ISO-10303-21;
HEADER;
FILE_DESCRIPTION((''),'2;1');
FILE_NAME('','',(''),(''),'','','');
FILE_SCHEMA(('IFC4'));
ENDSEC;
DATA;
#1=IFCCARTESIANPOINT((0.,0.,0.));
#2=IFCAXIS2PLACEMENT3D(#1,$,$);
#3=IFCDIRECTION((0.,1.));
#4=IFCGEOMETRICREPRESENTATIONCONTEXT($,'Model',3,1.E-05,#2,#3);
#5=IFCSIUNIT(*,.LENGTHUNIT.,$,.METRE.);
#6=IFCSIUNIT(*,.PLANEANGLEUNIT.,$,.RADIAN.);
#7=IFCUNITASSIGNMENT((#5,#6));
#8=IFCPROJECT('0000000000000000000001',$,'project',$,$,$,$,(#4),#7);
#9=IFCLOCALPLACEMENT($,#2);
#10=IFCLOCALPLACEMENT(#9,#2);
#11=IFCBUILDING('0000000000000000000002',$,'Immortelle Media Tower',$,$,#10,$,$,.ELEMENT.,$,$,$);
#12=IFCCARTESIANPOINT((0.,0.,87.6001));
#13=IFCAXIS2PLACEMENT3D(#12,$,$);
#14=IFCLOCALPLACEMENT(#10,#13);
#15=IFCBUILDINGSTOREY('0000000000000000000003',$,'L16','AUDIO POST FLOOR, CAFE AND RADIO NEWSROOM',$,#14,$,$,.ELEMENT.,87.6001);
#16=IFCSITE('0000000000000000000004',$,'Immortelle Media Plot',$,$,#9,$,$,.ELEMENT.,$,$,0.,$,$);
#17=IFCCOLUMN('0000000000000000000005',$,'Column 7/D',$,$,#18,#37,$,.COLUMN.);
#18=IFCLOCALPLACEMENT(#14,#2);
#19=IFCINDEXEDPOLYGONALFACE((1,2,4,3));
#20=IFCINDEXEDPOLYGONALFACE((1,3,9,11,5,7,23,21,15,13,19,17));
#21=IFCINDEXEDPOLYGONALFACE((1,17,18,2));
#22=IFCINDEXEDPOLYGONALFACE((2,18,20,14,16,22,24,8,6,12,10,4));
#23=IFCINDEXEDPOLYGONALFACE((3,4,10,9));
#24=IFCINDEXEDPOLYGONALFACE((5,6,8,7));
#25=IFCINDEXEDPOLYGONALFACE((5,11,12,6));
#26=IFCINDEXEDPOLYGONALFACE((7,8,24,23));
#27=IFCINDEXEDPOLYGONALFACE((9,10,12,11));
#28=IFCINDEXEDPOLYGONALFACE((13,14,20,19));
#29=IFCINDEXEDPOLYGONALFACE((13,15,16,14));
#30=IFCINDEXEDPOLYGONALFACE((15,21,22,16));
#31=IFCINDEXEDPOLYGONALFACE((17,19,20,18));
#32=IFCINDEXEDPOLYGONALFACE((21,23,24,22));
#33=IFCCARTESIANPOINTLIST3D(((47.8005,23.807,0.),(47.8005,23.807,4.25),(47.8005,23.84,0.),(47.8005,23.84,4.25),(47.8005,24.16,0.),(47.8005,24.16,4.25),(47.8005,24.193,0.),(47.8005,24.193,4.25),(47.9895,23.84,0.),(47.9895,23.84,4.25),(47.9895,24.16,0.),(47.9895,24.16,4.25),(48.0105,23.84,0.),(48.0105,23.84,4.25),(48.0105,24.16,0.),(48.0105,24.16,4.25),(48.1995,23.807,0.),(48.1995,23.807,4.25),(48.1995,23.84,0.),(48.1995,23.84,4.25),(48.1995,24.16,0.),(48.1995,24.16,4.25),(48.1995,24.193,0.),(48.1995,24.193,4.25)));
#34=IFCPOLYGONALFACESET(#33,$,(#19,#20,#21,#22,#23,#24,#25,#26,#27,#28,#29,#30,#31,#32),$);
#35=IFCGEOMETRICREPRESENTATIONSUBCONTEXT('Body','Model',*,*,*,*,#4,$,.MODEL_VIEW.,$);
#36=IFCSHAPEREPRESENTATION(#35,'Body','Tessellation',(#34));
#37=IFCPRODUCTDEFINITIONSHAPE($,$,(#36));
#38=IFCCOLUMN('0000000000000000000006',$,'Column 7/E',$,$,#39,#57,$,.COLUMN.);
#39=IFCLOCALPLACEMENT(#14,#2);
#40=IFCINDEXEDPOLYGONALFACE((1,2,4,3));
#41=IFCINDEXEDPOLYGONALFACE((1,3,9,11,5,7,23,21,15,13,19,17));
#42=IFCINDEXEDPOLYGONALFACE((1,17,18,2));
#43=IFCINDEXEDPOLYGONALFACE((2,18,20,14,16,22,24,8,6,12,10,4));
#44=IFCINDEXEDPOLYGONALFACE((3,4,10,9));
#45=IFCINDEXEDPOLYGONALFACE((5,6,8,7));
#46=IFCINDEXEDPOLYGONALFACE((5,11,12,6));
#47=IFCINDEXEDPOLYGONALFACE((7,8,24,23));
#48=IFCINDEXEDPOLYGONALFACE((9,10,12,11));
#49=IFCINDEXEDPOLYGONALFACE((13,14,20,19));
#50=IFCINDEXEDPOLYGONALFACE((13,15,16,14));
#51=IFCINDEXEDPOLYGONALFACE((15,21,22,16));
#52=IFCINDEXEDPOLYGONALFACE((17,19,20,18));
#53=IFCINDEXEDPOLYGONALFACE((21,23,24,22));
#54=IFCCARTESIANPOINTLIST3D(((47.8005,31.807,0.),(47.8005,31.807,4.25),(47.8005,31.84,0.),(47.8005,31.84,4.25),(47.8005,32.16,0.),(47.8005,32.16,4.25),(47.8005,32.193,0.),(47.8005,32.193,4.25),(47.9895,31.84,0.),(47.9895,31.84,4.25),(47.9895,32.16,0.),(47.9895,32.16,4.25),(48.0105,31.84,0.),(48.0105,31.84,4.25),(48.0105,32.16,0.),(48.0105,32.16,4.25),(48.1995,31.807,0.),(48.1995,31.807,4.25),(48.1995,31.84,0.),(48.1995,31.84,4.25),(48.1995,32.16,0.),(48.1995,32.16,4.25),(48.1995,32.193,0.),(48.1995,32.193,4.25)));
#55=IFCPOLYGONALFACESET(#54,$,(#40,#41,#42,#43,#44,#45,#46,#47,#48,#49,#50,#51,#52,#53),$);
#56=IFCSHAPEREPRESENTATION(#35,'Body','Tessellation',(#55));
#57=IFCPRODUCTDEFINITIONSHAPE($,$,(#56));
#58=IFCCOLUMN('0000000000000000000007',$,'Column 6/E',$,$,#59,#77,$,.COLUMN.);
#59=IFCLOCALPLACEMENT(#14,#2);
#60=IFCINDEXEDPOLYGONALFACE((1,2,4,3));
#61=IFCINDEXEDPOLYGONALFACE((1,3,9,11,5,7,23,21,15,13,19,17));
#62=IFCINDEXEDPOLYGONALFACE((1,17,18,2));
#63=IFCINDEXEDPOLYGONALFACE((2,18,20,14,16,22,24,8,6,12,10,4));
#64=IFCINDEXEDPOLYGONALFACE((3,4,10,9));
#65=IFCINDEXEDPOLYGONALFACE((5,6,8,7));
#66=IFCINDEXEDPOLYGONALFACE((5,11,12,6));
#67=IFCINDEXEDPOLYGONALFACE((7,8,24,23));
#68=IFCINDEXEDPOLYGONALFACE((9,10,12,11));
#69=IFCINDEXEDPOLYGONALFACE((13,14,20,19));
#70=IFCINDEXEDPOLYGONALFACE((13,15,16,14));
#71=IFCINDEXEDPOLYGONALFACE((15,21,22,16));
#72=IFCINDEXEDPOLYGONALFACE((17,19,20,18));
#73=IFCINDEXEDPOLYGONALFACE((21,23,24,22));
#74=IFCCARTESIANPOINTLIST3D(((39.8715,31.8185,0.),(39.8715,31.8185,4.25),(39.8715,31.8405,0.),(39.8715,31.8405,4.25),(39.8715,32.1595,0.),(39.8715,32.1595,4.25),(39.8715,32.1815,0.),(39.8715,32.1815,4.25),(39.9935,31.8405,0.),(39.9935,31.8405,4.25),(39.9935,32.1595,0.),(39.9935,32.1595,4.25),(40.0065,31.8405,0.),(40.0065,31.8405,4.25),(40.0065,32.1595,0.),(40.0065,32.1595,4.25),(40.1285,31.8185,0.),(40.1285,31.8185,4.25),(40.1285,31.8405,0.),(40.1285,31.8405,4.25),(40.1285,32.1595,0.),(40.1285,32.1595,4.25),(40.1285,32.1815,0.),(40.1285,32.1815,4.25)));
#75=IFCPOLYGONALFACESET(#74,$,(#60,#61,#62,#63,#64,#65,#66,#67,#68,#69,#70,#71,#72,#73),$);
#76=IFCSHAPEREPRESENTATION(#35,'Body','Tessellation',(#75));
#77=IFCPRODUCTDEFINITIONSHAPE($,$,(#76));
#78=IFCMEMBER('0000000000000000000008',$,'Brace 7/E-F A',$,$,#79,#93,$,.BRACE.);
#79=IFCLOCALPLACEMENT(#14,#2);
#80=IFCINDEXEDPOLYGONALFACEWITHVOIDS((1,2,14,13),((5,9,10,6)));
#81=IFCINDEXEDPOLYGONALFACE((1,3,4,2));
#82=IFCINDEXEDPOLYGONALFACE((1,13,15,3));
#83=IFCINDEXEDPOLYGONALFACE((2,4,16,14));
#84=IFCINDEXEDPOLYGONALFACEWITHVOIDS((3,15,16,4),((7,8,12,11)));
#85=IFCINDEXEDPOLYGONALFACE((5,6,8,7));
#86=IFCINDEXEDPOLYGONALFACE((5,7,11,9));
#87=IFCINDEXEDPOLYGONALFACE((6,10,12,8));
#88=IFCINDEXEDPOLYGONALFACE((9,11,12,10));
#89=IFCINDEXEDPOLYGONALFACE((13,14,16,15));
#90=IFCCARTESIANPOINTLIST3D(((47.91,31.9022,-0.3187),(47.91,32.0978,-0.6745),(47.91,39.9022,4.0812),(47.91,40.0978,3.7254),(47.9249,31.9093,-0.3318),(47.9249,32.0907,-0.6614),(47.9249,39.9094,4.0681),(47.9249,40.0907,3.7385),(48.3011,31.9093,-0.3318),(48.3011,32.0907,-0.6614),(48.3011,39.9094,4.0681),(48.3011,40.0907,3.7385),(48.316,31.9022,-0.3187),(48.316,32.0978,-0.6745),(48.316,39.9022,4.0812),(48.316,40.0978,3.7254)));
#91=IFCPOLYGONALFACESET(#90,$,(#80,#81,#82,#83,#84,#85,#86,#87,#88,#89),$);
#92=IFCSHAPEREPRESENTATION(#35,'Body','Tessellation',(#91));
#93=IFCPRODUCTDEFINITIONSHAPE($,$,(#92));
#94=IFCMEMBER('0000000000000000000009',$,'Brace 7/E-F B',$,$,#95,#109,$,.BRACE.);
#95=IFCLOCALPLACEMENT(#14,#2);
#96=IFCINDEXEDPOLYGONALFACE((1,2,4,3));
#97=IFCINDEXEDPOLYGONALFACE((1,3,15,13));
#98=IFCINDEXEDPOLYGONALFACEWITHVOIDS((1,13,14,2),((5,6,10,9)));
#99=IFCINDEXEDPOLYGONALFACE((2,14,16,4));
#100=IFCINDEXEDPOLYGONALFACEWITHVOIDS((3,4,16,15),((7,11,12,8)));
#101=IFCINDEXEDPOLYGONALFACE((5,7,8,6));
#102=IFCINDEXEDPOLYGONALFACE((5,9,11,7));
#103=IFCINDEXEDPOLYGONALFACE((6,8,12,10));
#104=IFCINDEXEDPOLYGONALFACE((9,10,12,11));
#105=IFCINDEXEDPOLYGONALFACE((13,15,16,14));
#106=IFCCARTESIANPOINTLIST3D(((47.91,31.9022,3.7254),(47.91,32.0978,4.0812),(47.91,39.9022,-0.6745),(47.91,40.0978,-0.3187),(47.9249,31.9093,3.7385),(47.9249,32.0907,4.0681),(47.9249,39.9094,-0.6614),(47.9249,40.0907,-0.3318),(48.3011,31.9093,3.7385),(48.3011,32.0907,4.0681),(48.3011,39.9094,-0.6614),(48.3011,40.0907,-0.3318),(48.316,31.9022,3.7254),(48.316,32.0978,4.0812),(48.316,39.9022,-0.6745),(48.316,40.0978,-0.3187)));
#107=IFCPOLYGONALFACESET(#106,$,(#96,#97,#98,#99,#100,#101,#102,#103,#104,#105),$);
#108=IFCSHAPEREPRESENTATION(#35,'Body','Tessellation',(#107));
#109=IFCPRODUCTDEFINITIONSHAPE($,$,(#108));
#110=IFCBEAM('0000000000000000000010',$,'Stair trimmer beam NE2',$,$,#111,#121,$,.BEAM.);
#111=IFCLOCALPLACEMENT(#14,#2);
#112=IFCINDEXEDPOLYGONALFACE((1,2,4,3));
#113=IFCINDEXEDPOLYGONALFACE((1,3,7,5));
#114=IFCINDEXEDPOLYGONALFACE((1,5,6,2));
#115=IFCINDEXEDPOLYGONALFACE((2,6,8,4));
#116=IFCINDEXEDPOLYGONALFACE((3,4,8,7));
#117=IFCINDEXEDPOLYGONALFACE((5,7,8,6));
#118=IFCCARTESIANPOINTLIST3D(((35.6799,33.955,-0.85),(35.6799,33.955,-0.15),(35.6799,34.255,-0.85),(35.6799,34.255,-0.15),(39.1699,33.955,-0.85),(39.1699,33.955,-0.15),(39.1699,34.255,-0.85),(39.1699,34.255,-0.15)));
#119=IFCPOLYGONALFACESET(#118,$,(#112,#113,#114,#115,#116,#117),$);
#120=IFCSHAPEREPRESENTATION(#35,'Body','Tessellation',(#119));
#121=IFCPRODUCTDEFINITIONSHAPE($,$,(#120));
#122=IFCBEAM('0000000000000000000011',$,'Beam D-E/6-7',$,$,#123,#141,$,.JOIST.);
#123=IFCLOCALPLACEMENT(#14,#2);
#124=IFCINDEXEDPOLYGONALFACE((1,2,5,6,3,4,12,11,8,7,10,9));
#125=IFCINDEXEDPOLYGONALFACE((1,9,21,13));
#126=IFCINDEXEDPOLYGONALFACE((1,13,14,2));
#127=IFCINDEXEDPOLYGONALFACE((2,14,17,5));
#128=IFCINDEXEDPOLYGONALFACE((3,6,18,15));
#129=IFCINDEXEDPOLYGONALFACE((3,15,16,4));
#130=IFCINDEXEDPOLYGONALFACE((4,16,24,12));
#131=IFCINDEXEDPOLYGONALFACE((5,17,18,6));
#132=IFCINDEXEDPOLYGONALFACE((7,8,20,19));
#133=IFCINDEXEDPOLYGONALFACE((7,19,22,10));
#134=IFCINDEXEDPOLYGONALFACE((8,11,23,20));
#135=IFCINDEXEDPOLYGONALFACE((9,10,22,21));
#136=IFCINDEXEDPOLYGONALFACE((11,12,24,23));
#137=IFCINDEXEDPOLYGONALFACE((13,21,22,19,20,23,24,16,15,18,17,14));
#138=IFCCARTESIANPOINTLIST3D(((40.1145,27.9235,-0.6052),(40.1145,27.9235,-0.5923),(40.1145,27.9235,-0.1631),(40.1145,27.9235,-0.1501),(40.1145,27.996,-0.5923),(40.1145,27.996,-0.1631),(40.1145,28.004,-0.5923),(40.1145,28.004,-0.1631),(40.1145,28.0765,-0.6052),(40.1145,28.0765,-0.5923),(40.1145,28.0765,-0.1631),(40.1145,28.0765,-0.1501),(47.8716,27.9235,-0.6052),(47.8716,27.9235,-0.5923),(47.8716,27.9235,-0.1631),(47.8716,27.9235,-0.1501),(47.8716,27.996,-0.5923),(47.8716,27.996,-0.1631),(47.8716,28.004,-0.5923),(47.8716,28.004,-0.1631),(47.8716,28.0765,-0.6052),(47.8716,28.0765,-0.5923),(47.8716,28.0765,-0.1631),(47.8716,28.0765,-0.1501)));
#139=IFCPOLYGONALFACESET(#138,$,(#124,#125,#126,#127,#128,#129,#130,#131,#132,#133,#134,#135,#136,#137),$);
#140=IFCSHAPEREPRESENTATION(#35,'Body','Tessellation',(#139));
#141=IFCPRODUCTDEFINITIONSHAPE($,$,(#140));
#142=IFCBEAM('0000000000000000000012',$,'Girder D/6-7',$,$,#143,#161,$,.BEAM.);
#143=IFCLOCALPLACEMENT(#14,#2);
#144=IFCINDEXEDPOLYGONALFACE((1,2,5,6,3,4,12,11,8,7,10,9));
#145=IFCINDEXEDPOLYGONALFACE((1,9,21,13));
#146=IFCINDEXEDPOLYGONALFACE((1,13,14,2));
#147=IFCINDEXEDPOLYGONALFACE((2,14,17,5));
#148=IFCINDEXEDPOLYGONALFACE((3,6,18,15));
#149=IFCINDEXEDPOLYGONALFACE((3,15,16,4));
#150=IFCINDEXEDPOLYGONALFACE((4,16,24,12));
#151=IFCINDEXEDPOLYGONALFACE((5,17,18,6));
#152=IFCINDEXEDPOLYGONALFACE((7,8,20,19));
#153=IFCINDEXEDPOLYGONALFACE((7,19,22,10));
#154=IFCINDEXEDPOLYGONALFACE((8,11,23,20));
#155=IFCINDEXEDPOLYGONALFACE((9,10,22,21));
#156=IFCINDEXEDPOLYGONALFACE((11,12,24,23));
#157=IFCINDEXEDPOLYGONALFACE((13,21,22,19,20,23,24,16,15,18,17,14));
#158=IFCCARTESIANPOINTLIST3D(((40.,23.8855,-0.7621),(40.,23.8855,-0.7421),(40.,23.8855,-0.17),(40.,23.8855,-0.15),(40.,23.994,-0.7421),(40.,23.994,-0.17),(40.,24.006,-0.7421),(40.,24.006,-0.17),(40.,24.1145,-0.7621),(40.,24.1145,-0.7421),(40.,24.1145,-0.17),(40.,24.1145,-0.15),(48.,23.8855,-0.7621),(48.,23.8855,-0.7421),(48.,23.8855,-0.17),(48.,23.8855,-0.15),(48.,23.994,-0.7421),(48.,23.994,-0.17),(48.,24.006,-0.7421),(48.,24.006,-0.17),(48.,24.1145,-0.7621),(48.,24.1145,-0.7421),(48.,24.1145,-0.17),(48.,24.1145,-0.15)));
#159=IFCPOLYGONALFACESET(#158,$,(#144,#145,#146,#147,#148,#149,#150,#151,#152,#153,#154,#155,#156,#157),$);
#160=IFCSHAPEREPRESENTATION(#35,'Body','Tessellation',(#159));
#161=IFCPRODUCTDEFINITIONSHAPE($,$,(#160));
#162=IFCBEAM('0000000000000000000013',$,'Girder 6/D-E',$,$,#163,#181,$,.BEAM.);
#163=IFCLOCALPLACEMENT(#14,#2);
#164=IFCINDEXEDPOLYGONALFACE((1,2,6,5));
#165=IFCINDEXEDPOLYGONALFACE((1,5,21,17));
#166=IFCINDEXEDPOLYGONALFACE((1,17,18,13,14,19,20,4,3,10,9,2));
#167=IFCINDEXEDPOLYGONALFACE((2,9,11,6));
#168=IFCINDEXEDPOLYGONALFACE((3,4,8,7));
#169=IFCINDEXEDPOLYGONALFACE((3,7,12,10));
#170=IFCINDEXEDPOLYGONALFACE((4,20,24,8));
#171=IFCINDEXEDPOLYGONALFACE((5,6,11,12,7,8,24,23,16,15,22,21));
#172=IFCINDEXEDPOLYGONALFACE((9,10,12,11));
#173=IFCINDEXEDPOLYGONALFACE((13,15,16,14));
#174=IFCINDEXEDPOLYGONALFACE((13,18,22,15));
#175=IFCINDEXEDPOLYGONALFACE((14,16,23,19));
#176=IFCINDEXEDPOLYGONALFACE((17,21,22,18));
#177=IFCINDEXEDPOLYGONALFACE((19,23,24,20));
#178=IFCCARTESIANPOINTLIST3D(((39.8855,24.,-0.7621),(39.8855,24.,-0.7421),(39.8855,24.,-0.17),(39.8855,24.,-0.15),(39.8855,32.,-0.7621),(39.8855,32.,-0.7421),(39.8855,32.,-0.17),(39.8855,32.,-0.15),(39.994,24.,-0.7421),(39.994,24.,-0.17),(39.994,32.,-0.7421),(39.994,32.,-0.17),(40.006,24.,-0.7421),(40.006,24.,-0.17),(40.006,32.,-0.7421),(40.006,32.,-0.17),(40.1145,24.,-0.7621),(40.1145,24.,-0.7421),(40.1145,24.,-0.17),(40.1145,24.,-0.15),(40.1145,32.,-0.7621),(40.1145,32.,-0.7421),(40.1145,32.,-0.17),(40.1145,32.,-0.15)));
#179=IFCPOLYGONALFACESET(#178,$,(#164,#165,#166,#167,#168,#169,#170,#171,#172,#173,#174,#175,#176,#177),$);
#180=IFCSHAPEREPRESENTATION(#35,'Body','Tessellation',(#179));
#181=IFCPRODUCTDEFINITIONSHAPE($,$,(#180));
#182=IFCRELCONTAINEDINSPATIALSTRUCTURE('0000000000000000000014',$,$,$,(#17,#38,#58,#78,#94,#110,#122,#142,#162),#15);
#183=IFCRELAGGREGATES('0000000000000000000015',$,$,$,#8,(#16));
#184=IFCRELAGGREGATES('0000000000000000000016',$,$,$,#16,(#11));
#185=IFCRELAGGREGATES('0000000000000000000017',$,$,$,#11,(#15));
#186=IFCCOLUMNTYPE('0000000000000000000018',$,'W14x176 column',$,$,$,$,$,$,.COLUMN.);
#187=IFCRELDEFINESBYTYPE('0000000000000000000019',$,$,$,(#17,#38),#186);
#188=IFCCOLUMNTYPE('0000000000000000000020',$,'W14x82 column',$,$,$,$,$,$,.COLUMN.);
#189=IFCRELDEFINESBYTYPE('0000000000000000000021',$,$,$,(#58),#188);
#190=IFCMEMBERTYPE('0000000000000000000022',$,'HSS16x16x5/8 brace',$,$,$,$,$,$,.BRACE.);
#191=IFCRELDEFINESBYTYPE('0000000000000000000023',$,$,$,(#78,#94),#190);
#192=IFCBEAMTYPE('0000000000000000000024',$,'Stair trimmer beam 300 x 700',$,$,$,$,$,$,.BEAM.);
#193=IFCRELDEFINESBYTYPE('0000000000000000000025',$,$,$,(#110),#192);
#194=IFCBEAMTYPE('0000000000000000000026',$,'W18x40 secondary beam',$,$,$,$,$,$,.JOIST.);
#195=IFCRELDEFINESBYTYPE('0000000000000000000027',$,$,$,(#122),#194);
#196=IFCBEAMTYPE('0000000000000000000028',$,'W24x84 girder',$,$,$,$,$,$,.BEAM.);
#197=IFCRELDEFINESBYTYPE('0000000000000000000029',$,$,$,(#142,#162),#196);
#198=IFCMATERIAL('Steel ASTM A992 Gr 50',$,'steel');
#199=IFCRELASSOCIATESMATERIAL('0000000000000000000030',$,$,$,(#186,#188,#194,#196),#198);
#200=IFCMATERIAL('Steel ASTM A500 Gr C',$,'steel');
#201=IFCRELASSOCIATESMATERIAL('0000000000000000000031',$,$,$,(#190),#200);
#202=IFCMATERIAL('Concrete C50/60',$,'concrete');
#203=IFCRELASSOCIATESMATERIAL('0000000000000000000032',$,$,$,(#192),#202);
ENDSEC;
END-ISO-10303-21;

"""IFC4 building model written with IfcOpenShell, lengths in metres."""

from ifc_helpers import new_model, si_unit, direction, frame, origin, origin_2d, place, context, subcontext, project, spatial, rectangle, hollow_rectangle, i_section, extrude, material, material_profile, profile_set, type_object, element, save


model = new_model("IFC4")

# Units and contexts
model_context = context("Model", 3, precision=1e-05, world=origin(), true_north=direction((0.0, 1.0)))
body_context = subcontext(model_context, "Body", "Model", "MODEL_VIEW")
ifc_project = project(units=[si_unit("LENGTHUNIT", "METRE"), si_unit("PLANEANGLEUNIT", "RADIAN")], contexts=[model_context])

# Site, building, storey
site_placement = place(None, origin())
site = spatial("IfcSite", under=ifc_project, at=site_placement, Name="Immortelle Media Plot", CompositionType="ELEMENT", RefElevation=0.0)
building_placement = place(site_placement, origin())
building = spatial("IfcBuilding", under=site, at=building_placement, Name="Immortelle Media Tower", CompositionType="ELEMENT")
storey_placement = place(building_placement, frame((0.0, 0.0, 87.6001)))
storey = spatial("IfcBuildingStorey", under=building, at=storey_placement, Name="L16", Description="AUDIO POST FLOOR, CAFE AND RADIO NEWSROOM", CompositionType="ELEMENT", Elevation=87.6001)

# Columns
ifc_material_1 = material(Name="Steel ASTM A992 Gr 50", Category="steel")
ifc_material_profile_1 = material_profile(ifc_material_1, i_section(OverallWidth=0.3989, OverallDepth=0.386, WebThickness=0.021, FlangeThickness=0.033, at=origin_2d()), Name="W14x176")
ifc_profile_set_1 = profile_set([ifc_material_profile_1], Name="Steel ASTM A992 Gr 50")
column_type_1 = type_object("IfcColumnType", Name="W14x176 column", PredefinedType="COLUMN", material=ifc_profile_set_1)
for number, where, z_axis, x_axis, name in (
    (1, (48.0, 24.0, 0.0), (0.0, 0.0, 1.0), (1.0, 0.0, 0.0), "Column 7/D"),
    (2, (48.0, 32.0, 0.0), (0.0, 0.0, 1.0), (1.0, 0.0, 0.0), "Column 7/E"),
):
    element("IfcColumn", number, at=place(storey_placement, frame(where, z_axis=z_axis, x_axis=x_axis)), inside=storey, type_object=column_type_1, Name=name, PredefinedType="COLUMN", context=body_context, shape_type="SweptSolid", body=[
        extrude(i_section(OverallWidth=0.3989, OverallDepth=0.386, WebThickness=0.021, FlangeThickness=0.033, at=origin_2d()), origin(), (0.0, 0.0, 1.0), 4.25),
    ])
ifc_material_profile_2 = material_profile(ifc_material_1, i_section(OverallWidth=0.2571, OverallDepth=0.363, WebThickness=0.0129, FlangeThickness=0.022, at=origin_2d()), Name="W14x82")
ifc_profile_set_2 = profile_set([ifc_material_profile_2], Name="Steel ASTM A992 Gr 50")
column_type_2 = type_object("IfcColumnType", Name="W14x82 column", PredefinedType="COLUMN", material=ifc_profile_set_2)
column_placement = place(storey_placement, frame((40.0, 32.0, 0.0), z_axis=(0.0, 0.0, 1.0), x_axis=(1.0, 0.0, 0.0)))
element("IfcColumn", 3, at=column_placement, inside=storey, type_object=column_type_2, Name="Column 6/E", PredefinedType="COLUMN", context=body_context, shape_type="SweptSolid", body=[
    extrude(i_section(OverallWidth=0.2571, OverallDepth=0.363, WebThickness=0.0129, FlangeThickness=0.022, at=origin_2d()), origin(), (0.0, 0.0, 1.0), 4.25),
])

# Members
ifc_material_2 = material(Name="Steel ASTM A500 Gr C", Category="steel")
ifc_material_profile_3 = material_profile(ifc_material_2, hollow_rectangle(XDim=0.406, YDim=0.406, WallThickness=0.0149, at=origin_2d()), Name="HSS16x16x5/8 brace")
ifc_profile_set_3 = profile_set([ifc_material_profile_3], Name="Steel ASTM A500 Gr C")
member_type = type_object("IfcMemberType", Name="HSS16x16x5/8 brace", PredefinedType="BRACE", material=ifc_profile_set_3)
for number, where, z_axis, x_axis, name in (
    (4, (48.113, 32.0, -0.4966), (0.0, 0.87622, 0.481911), (-1.0, 0.0, 0.0), "Brace 7/E-F A"),
    (5, (48.113, 32.0, 3.9033), (0.0, 0.87622, -0.481911), (-1.0, 0.0, 0.0), "Brace 7/E-F B"),
):
    element("IfcMember", number, at=place(storey_placement, frame(where, z_axis=z_axis, x_axis=x_axis)), inside=storey, type_object=member_type, Name=name, PredefinedType="BRACE", context=body_context, shape_type="SweptSolid", body=[
        extrude(hollow_rectangle(XDim=0.406, YDim=0.406, WallThickness=0.0149, at=origin_2d()), origin(), (0.0, 0.0, 1.0), 9.1301),
    ])

# Beams
ifc_material_3 = material(Name="Concrete C50/60", Category="concrete")
ifc_material_profile_4 = material_profile(ifc_material_3, rectangle(XDim=0.3, YDim=0.7, at=origin_2d()), Name="RC 300x700")
ifc_profile_set_4 = profile_set([ifc_material_profile_4], Name="Concrete C50/60")
beam_type_1 = type_object("IfcBeamType", Name="Stair trimmer beam 300 x 700", PredefinedType="BEAM", material=ifc_profile_set_4)
beam_1_placement = place(storey_placement, frame((35.6799, 34.105, -0.5), z_axis=(1.0, 0.0, 0.0), x_axis=(0.0, 1.0, 0.0)))
element("IfcBeam", 6, at=beam_1_placement, inside=storey, type_object=beam_type_1, Name="Stair trimmer beam NE2", PredefinedType="BEAM", context=body_context, shape_type="SweptSolid", body=[
    extrude(rectangle(XDim=0.3, YDim=0.7, at=origin_2d()), origin(), (0.0, 0.0, 1.0), 3.49),
])
ifc_material_profile_5 = material_profile(ifc_material_1, i_section(OverallWidth=0.1531, OverallDepth=0.4551, WebThickness=0.0081, FlangeThickness=0.0129, at=origin_2d()), Name="W18x40")
ifc_profile_set_5 = profile_set([ifc_material_profile_5], Name="Steel ASTM A992 Gr 50")
beam_type_2 = type_object("IfcBeamType", Name="W18x40 secondary beam", PredefinedType="JOIST", material=ifc_profile_set_5)
beam_2_placement = place(storey_placement, frame((40.1145, 28.0, -0.3777), z_axis=(1.0, 0.0, 0.0), x_axis=(0.0, 1.0, 0.0)))
element("IfcBeam", 7, at=beam_2_placement, inside=storey, type_object=beam_type_2, Name="Beam D-E/6-7", PredefinedType="JOIST", context=body_context, shape_type="SweptSolid", body=[
    extrude(i_section(OverallWidth=0.1531, OverallDepth=0.4551, WebThickness=0.0081, FlangeThickness=0.0129, at=origin_2d()), origin(), (0.0, 0.0, 1.0), 7.7571),
])
ifc_material_profile_6 = material_profile(ifc_material_1, i_section(OverallWidth=0.229, OverallDepth=0.6121, WebThickness=0.012, FlangeThickness=0.02, at=origin_2d()), Name="W24x84")
ifc_profile_set_6 = profile_set([ifc_material_profile_6], Name="Steel ASTM A992 Gr 50")
beam_type_3 = type_object("IfcBeamType", Name="W24x84 girder", PredefinedType="BEAM", material=ifc_profile_set_6)
for number, where, z_axis, x_axis, name in (
    (8, (40.0, 24.0, -0.4561), (1.0, 0.0, 0.0), (0.0, 1.0, 0.0), "Girder D/6-7"),
    (9, (40.0, 24.0, -0.4561), (0.0, 1.0, 0.0), (-1.0, 0.0, 0.0), "Girder 6/D-E"),
):
    element("IfcBeam", number, at=place(storey_placement, frame(where, z_axis=z_axis, x_axis=x_axis)), inside=storey, type_object=beam_type_3, Name=name, PredefinedType="BEAM", context=body_context, shape_type="SweptSolid", body=[
        extrude(i_section(OverallWidth=0.229, OverallDepth=0.6121, WebThickness=0.012, FlangeThickness=0.02, at=origin_2d()), origin(), (0.0, 0.0, 1.0), 8.0),
    ])

save(model, "model.ifc")
